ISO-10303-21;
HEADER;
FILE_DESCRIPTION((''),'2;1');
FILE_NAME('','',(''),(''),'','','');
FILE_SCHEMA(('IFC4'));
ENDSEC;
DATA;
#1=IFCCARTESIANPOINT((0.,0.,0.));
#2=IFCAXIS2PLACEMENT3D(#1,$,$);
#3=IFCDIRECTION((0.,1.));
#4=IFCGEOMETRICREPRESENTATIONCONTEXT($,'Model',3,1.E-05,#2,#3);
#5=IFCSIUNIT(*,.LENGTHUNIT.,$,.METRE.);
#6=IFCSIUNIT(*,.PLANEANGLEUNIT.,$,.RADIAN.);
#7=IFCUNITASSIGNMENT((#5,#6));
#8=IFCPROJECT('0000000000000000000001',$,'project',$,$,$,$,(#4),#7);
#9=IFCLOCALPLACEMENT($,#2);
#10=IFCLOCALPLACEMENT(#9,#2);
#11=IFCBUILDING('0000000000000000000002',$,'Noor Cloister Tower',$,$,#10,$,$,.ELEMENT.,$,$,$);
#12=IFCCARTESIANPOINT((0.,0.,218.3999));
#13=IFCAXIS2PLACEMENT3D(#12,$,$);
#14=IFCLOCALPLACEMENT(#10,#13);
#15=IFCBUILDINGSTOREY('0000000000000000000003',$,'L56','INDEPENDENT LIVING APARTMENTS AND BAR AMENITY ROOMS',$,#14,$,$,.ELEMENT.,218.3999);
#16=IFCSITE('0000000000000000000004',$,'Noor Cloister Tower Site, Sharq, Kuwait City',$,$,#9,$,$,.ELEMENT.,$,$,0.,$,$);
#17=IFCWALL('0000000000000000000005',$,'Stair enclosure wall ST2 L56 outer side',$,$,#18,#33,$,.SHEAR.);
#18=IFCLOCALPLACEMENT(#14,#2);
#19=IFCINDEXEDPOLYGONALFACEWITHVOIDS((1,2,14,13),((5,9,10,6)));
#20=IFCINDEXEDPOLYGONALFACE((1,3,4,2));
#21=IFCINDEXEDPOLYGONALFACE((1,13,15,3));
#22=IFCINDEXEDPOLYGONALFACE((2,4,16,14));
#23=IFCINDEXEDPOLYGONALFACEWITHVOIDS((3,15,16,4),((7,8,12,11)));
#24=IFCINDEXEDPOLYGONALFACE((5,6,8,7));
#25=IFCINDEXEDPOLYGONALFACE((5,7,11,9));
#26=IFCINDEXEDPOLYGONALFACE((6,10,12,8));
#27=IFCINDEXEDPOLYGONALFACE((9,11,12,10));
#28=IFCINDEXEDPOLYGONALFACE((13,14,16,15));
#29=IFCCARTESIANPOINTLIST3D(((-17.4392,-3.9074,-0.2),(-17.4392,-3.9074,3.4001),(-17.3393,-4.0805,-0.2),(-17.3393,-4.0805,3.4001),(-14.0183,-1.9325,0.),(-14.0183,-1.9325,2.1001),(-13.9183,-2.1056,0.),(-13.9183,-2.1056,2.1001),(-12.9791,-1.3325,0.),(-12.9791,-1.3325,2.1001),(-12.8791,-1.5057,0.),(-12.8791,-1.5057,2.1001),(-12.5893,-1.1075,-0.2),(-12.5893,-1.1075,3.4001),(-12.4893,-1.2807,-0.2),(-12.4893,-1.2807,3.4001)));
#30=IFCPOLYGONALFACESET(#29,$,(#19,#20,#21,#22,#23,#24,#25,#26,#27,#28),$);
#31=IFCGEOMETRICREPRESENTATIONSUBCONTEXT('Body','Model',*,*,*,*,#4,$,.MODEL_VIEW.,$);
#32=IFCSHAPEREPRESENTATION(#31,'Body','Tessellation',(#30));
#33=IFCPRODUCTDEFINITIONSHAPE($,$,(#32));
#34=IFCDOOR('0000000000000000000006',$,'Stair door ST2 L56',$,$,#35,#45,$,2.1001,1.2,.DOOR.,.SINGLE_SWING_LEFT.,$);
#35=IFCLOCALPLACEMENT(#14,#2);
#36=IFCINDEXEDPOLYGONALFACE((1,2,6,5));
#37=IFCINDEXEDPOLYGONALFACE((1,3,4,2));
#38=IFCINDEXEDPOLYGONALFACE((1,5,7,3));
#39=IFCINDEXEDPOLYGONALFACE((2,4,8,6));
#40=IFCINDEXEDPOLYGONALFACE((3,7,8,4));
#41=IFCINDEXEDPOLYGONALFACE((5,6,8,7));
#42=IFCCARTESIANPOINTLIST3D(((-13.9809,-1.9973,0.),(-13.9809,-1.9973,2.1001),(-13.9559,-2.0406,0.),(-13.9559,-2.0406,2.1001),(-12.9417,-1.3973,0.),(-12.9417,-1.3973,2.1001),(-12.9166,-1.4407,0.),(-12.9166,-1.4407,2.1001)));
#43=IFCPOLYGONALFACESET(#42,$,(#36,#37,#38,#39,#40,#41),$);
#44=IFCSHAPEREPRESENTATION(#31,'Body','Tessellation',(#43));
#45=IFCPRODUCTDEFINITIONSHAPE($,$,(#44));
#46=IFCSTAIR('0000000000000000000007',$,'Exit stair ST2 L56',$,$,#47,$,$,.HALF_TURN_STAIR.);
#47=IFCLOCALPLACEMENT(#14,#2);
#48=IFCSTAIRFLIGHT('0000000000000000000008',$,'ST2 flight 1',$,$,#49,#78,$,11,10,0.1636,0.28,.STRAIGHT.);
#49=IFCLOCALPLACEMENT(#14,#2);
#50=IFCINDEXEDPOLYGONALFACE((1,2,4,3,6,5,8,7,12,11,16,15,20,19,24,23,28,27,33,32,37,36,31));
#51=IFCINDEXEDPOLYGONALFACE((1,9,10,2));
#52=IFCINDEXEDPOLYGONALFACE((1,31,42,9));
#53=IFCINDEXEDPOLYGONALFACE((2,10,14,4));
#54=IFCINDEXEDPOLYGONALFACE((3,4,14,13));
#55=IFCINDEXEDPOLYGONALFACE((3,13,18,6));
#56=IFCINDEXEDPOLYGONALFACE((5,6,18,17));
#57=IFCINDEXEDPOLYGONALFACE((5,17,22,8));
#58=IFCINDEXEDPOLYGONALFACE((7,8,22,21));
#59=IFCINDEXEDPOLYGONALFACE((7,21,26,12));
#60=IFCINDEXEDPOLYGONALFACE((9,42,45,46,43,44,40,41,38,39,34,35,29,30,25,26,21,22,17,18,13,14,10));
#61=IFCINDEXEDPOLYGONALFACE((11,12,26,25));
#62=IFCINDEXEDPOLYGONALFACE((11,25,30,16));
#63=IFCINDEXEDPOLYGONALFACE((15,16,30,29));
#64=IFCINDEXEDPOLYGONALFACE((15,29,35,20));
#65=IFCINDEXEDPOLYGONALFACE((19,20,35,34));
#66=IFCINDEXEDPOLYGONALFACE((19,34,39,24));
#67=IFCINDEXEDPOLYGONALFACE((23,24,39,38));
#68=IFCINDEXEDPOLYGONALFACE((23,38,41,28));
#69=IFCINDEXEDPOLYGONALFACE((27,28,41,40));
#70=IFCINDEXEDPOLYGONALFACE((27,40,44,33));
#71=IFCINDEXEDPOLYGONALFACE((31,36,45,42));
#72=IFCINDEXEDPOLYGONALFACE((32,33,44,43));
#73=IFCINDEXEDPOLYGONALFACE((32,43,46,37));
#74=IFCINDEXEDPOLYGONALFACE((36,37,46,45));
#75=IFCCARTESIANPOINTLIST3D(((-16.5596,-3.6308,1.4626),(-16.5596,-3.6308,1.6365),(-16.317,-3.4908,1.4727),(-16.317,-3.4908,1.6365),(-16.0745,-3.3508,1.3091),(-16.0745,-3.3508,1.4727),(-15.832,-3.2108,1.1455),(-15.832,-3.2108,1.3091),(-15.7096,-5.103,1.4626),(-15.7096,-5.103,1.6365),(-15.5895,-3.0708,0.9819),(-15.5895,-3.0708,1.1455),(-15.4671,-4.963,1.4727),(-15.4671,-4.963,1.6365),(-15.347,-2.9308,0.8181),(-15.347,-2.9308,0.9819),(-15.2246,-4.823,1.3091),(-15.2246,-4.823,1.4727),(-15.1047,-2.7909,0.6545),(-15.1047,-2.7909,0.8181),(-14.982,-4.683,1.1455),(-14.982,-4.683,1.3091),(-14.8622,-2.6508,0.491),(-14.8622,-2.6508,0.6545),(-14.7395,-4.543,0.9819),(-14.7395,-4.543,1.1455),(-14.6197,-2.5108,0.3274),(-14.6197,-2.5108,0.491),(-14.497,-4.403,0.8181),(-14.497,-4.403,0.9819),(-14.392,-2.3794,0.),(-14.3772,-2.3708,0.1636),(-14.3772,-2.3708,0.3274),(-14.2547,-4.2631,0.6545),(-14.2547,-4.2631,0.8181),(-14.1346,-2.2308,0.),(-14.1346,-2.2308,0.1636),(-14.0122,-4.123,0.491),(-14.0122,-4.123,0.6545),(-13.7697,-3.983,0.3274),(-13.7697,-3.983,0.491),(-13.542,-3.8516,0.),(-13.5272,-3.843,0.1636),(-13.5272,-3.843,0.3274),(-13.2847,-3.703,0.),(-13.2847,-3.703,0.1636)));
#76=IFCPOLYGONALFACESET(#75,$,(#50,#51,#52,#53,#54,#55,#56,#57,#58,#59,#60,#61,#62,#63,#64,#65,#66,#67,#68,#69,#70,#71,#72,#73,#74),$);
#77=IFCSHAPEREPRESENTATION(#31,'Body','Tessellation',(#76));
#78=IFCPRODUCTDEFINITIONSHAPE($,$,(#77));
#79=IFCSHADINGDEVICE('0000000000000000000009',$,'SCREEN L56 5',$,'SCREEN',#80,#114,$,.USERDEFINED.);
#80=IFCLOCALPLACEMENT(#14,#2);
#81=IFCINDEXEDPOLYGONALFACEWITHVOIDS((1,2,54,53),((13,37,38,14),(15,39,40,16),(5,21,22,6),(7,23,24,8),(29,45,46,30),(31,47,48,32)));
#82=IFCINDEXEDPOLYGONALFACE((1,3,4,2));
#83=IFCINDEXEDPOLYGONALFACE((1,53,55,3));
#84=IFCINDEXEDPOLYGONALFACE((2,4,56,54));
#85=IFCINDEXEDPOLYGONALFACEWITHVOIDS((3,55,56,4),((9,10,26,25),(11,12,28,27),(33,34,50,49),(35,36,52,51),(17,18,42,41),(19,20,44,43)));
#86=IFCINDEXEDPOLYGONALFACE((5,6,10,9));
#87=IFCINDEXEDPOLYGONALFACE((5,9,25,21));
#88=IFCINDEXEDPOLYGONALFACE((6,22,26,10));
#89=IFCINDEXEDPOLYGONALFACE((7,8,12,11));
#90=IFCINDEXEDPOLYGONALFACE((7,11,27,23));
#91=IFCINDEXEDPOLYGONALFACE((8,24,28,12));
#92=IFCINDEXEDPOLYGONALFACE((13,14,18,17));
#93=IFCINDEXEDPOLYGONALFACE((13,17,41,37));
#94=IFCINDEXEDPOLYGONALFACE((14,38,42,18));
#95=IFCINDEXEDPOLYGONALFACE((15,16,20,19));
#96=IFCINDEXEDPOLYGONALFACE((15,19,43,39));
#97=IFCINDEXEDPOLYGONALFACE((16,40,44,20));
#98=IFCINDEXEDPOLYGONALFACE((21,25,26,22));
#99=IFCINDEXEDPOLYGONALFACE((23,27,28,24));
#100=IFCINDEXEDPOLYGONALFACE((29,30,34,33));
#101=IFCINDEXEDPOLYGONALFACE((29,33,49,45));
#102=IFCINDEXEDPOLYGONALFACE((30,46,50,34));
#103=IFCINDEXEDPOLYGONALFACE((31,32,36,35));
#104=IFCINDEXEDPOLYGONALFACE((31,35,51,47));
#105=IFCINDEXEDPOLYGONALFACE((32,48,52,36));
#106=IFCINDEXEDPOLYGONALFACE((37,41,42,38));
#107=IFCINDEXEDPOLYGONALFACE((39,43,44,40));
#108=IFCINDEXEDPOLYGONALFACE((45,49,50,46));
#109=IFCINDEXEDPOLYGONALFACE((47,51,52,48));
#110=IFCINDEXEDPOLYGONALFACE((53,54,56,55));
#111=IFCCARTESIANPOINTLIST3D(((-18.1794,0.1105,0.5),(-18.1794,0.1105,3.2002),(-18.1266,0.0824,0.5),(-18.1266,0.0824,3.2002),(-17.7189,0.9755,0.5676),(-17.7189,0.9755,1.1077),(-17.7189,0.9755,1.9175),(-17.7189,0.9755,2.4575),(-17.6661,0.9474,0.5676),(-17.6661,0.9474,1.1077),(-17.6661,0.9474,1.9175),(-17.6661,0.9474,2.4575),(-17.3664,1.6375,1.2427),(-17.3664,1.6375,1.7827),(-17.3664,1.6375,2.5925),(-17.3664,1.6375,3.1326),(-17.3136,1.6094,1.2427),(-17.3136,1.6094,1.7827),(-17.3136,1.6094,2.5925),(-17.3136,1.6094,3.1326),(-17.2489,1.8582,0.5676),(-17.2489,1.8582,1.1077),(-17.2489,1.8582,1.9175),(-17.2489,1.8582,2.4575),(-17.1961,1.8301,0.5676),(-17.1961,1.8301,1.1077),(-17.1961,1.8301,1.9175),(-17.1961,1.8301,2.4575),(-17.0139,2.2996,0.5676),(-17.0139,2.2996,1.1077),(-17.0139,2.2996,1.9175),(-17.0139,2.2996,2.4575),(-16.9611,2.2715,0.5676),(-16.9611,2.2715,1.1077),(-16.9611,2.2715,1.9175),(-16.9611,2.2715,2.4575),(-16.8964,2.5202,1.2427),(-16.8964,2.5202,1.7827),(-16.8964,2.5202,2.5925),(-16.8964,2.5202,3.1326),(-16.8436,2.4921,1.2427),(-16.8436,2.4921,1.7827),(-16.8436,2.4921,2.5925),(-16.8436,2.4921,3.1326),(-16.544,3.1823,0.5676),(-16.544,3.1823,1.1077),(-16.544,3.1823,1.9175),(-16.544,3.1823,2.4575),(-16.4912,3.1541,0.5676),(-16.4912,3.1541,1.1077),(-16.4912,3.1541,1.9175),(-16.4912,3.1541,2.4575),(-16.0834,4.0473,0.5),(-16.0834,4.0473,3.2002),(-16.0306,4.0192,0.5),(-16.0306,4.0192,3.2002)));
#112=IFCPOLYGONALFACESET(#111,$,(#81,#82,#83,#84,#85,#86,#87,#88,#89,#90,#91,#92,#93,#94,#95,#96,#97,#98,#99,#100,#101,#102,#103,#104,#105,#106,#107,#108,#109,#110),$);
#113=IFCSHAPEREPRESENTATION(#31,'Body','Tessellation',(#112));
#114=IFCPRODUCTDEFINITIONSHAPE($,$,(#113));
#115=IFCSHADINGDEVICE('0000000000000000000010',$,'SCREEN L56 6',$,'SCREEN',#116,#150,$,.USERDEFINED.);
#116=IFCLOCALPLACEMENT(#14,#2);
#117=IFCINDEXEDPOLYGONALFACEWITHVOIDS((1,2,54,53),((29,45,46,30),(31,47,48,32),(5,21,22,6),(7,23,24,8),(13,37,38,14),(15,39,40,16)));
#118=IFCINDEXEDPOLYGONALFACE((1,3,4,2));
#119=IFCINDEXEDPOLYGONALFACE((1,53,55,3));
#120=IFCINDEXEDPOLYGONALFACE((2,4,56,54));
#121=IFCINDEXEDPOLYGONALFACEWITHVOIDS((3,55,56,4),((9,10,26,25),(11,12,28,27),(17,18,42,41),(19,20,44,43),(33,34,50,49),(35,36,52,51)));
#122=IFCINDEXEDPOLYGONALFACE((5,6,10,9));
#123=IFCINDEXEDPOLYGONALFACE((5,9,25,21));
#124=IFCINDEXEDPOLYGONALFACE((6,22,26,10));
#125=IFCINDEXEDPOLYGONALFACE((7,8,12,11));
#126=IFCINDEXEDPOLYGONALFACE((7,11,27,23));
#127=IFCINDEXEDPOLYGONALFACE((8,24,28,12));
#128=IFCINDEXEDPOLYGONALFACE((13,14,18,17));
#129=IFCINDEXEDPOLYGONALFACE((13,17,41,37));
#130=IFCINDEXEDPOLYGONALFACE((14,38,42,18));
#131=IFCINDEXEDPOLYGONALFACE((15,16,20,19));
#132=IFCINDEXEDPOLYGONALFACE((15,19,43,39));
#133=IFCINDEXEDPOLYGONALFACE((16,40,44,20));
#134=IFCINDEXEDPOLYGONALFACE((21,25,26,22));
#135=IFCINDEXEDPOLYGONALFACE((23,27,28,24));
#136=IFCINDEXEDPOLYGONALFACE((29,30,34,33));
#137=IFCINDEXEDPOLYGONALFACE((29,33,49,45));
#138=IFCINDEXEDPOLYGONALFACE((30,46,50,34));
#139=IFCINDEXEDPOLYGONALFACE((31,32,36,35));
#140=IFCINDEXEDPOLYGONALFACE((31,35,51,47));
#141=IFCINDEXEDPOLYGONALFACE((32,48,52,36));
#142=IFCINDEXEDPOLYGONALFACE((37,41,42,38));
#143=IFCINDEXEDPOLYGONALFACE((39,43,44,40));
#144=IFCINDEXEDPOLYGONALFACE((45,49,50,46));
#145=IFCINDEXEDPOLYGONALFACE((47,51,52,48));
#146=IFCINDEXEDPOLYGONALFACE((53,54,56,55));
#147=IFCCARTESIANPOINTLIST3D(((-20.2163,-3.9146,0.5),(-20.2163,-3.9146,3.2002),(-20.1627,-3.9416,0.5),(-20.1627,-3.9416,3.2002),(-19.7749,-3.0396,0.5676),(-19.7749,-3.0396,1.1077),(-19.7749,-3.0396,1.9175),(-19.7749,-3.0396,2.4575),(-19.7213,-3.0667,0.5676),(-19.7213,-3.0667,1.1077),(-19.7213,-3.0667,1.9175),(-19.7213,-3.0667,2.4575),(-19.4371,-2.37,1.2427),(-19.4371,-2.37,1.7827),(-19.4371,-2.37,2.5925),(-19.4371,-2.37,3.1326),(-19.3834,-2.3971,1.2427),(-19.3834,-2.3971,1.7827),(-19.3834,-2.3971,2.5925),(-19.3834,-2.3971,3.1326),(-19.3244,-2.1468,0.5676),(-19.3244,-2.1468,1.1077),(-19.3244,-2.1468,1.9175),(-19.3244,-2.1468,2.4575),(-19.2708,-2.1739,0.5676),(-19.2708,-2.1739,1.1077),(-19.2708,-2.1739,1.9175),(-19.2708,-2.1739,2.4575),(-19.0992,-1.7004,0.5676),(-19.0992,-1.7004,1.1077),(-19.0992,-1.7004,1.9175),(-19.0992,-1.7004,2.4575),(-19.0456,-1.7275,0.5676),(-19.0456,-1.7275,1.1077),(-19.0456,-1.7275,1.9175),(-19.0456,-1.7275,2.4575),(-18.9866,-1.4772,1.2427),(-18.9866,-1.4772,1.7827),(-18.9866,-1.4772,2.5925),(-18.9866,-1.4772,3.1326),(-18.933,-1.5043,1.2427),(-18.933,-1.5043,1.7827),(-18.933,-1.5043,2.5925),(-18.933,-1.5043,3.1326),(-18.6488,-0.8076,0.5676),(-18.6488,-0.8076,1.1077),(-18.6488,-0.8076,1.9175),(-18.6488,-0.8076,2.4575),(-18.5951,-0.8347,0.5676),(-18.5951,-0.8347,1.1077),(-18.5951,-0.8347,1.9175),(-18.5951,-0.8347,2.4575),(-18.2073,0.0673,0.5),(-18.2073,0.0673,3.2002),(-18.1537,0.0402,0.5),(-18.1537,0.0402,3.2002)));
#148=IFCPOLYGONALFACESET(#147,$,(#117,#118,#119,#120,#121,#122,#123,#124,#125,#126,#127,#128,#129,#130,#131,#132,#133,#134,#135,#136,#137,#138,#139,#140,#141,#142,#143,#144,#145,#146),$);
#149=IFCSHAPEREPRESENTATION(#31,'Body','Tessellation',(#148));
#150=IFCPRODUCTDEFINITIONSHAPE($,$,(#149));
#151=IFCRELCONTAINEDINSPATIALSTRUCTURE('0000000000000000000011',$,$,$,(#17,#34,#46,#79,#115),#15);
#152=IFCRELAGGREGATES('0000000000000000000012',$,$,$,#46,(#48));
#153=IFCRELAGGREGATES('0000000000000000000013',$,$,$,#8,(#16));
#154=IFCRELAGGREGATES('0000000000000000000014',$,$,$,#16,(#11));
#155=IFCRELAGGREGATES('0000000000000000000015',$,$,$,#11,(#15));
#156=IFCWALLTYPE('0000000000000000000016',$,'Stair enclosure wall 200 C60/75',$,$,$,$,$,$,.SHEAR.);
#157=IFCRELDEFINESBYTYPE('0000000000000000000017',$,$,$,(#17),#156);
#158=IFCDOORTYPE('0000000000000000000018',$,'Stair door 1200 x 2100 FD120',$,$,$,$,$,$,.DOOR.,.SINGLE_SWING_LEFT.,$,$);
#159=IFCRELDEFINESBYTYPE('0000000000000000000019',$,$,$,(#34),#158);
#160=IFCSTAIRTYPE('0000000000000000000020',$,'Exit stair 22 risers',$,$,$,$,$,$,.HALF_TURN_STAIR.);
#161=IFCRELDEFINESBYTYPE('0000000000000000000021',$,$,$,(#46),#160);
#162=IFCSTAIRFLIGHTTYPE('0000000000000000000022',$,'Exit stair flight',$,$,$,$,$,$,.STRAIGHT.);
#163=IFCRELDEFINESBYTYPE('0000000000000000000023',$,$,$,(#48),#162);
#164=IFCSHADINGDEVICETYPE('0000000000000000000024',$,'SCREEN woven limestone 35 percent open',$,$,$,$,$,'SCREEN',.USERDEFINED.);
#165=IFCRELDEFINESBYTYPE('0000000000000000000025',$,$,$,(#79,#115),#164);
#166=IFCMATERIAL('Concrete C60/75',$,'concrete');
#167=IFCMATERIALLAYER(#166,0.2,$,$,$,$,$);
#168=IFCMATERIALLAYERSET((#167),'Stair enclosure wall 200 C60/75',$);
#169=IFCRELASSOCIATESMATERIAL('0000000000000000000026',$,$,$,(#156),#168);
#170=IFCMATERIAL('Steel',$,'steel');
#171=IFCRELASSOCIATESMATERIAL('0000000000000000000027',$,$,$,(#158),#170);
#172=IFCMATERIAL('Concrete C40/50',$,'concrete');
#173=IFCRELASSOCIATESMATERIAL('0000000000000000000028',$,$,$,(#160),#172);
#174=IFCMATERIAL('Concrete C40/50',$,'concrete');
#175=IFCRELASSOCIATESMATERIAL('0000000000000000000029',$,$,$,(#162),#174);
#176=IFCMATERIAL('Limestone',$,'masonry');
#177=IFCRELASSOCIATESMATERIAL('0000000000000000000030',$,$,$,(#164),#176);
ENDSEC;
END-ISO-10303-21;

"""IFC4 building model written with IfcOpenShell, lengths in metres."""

from ifc_helpers import new_model, si_unit, direction, frame, frame_2d, origin, place, context, subcontext, project, spatial, polyline, rectangle, outline, extrude, material, layer, layer_set, material_profile, profile_set, type_object, element, fill, aggregate, save


model = new_model("IFC4")

# Units and contexts
model_context = context("Model", 3, precision=1e-05, world=origin(), true_north=direction((0.0, 1.0)))
body_context = subcontext(model_context, "Body", "Model", "MODEL_VIEW")
ifc_project = project(units=[si_unit("LENGTHUNIT", "METRE"), si_unit("PLANEANGLEUNIT", "RADIAN")], contexts=[model_context])

# Site, building, storey
site_placement = place(None, origin())
site = spatial("IfcSite", under=ifc_project, at=site_placement, Name="Noor Cloister Tower Site, Sharq, Kuwait City", CompositionType="ELEMENT", RefElevation=0.0)
building_placement = place(site_placement, origin())
building = spatial("IfcBuilding", under=site, at=building_placement, Name="Noor Cloister Tower", CompositionType="ELEMENT")
storey_placement = place(building_placement, frame((0.0, 0.0, 218.3999)))
storey = spatial("IfcBuildingStorey", under=building, at=storey_placement, Name="L56", Description="INDEPENDENT LIVING APARTMENTS AND BAR AMENITY ROOMS", CompositionType="ELEMENT", Elevation=218.3999)

# Wall, opening, door
ifc_material_1 = material(Name="Concrete C60/75", Category="concrete")
ifc_layer_1 = layer(ifc_material_1, 0.2)
ifc_layer_set_1 = layer_set([ifc_layer_1], Name="Stair enclosure wall 200 C60/75")
wall_type_1 = type_object("IfcWallType", Name="Stair enclosure wall 200 C60/75", PredefinedType="SHEAR", material=ifc_layer_set_1)
ifc_material_2 = material(Name="Steel", Category="steel")
door_type = type_object("IfcDoorType", Name="Stair door 1200 x 2100 FD120", OperationType="SINGLE_SWING_LEFT", PredefinedType="DOOR", material=ifc_material_2)
wall_1_placement = place(storey_placement, frame((-12.5393, -1.1941, -0.2), z_axis=(0.0, 0.0, 1.0), x_axis=(-0.866045, -0.499965, 0.0)))
wall_1 = element("IfcWall", 1, at=wall_1_placement, inside=storey, type_object=wall_type_1, Name="Stair enclosure wall ST2 L56 outer side", PredefinedType="SHEAR", context=body_context, shape_type="SweptSolid", body=[
    extrude(rectangle(XDim=5.6001, YDim=0.2, at=frame_2d((2.8, 0.0))), origin(), (0.0, 0.0, 1.0), 3.6001),
])
opening_1_placement = place(wall_1_placement, frame((0.45, 0.0, 0.2)))
opening_1 = element("IfcOpeningElement", 2, at=opening_1_placement, cuts=wall_1, PredefinedType="OPENING", context=body_context, shape_type="SweptSolid", body=[
    extrude(rectangle(XDim=1.2, YDim=2.1001, at=frame_2d((0.6001, 1.05))), frame((0.0, 0.1099, 0.0), z_axis=(0.0, -1.0, 0.0), x_axis=(1.0, 0.0, 0.0)), (0.0, 0.0, 1.0), 0.22),
])
door_1_placement = place(opening_1_placement, origin())
door_1 = element("IfcDoor", 3, at=door_1_placement, inside=storey, type_object=door_type, Name="Stair door ST2 L56", OperationType="SINGLE_SWING_LEFT", OverallHeight=2.1001, OverallWidth=1.2, PredefinedType="DOOR", context=body_context, shape_type="SweptSolid", body=[
    extrude(rectangle(XDim=1.2, YDim=2.1001, at=frame_2d((0.6001, 1.05))), frame((0.0, 0.0249, 0.0), z_axis=(0.0, -1.0, 0.0), x_axis=(1.0, 0.0, 0.0)), (0.0, 0.0, 1.0), 0.05),
])
fill(opening_1, door_1)

# Stair, stair flight
ifc_material_3 = material(Name="Concrete C40/50", Category="concrete")
stair_type = type_object("IfcStairType", Name="Exit stair 22 risers", PredefinedType="HALF_TURN_STAIR", material=ifc_material_3)
stair_placement = place(storey_placement, origin())
stair = element("IfcStair", 4, at=stair_placement, inside=storey, type_object=stair_type, Name="Exit stair ST2 L56", PredefinedType="HALF_TURN_STAIR")
ifc_material_4 = material(Name="Concrete C40/50", Category="concrete")
stair_flight_type = type_object("IfcStairFlightType", Name="Exit stair flight", PredefinedType="STRAIGHT", material=ifc_material_4)
stair_flight_placement = place(storey_placement, frame((-13.7097, -2.9668, 0.0), z_axis=(0.0, 0.0, 1.0), x_axis=(-0.866025, -0.5, 0.0)))
stair_flight = element("IfcStairFlight", 5, at=stair_flight_placement, type_object=stair_flight_type, Name="ST2 flight 1", NumberOfRisers=11, NumberOfTreads=10, PredefinedType="STRAIGHT", RiserHeight=0.1636, TreadLength=0.28, context=body_context, shape_type="SweptSolid", body=[
    extrude(outline(polyline([(0.0, 0.0), (0.0, 0.1636), (0.28, 0.1636), (0.28, 0.3274), (0.5601, 0.3274), (0.5601, 0.491), (0.8401, 0.491), (0.8401, 0.6545), (1.1201, 0.6545), (1.1201, 0.8181), (1.3999, 0.8181), (1.3999, 0.9819), (1.6799, 0.9819), (1.6799, 1.1455), (1.96, 1.1455), (1.96, 1.3091), (2.24, 1.3091), (2.24, 1.4727), (2.52, 1.4727), (2.52, 1.6365), (2.8, 1.6365), (2.8, 1.8), (2.8, 1.4626), (0.2971, 0.0), (0.0, 0.0)])), frame((0.0, 0.8501, 0.0), z_axis=(0.0, -1.0, 0.0), x_axis=(1.0, 0.0, 0.0)), (0.0, 0.0, 1.0), 1.7),
])
aggregate(stair, [stair_flight])

# Shading devices
ifc_material_5 = material(Name="Limestone", Category="masonry")
ifc_material_profile_1 = material_profile(ifc_material_5, outline(polyline([(-2.23, -1.3501), (2.23, -1.3501), (2.23, 1.3501), (-2.23, 1.3501), (-2.23, -1.3501)]), holes=[polyline([(-1.25, -1.2825), (-0.25, -1.2825), (-0.25, -0.7424), (-1.25, -0.7424), (-1.25, -1.2825)]), polyline([(0.25, -1.2825), (1.25, -1.2825), (1.25, -0.7424), (0.25, -0.7424), (0.25, -1.2825)]), polyline([(-0.5, -0.6074), (0.5, -0.6074), (0.5, -0.0674), (-0.5, -0.0674), (-0.5, -0.6074)]), polyline([(-1.25, 0.0674), (-0.25, 0.0674), (-0.25, 0.6074), (-1.25, 0.6074), (-1.25, 0.0674)]), polyline([(0.25, 0.0674), (1.25, 0.0674), (1.25, 0.6074), (0.25, 0.6074), (0.25, 0.0674)]), polyline([(-0.5, 0.7424), (0.5, 0.7424), (0.5, 1.2825), (-0.5, 1.2825), (-0.5, 0.7424)])]), Name="Woven screen 35 percent open")
ifc_profile_set_1 = profile_set([ifc_material_profile_1], Name="Limestone")
shading_device_type = type_object("IfcShadingDeviceType", Name="SCREEN woven limestone 35 percent open", ElementType="SCREEN", PredefinedType="USERDEFINED", material=ifc_profile_set_1)
shading_device_1_placement = place(storey_placement, frame((-17.0786, 2.0508, 1.8501), z_axis=(-0.882692, 0.469952, 0.0), x_axis=(-0.469952, -0.882692, 0.0)))
element("IfcShadingDevice", 6, at=shading_device_1_placement, inside=storey, type_object=shading_device_type, Name="SCREEN L56 5", ObjectType="SCREEN", PredefinedType="USERDEFINED", context=body_context, shape_type="SweptSolid", body=[
    extrude(outline(polyline([(-2.23, -1.3501), (2.23, -1.3501), (2.23, 1.3501), (-2.23, 1.3501), (-2.23, -1.3501)]), holes=[polyline([(-1.25, -1.2825), (-0.25, -1.2825), (-0.25, -0.7424), (-1.25, -0.7424), (-1.25, -1.2825)]), polyline([(0.25, -1.2825), (1.25, -1.2825), (1.25, -0.7424), (0.25, -0.7424), (0.25, -1.2825)]), polyline([(-0.5, -0.6074), (0.5, -0.6074), (0.5, -0.0674), (-0.5, -0.0674), (-0.5, -0.6074)]), polyline([(-1.25, 0.0674), (-0.25, 0.0674), (-0.25, 0.6074), (-1.25, 0.6074), (-1.25, 0.0674)]), polyline([(0.25, 0.0674), (1.25, 0.0674), (1.25, 0.6074), (0.25, 0.6074), (0.25, 0.0674)]), polyline([(-0.5, 0.7424), (0.5, 0.7424), (0.5, 1.2825), (-0.5, 1.2825), (-0.5, 0.7424)])]), origin(), (0.0, 0.0, 1.0), 0.0598),
])
shading_device_2_placement = place(storey_placement, frame((-19.1582, -1.9507, 1.8501), z_axis=(-0.892798, 0.450457, 0.0), x_axis=(-0.450457, -0.892798, 0.0)))
element("IfcShadingDevice", 7, at=shading_device_2_placement, inside=storey, type_object=shading_device_type, Name="SCREEN L56 6", ObjectType="SCREEN", PredefinedType="USERDEFINED", context=body_context, shape_type="SweptSolid", body=[
    extrude(outline(polyline([(-2.23, -1.3501), (2.23, -1.3501), (2.23, 1.3501), (-2.23, 1.3501), (-2.23, -1.3501)]), holes=[polyline([(-1.25, -1.2825), (-0.25, -1.2825), (-0.25, -0.7424), (-1.25, -0.7424), (-1.25, -1.2825)]), polyline([(0.25, -1.2825), (1.25, -1.2825), (1.25, -0.7424), (0.25, -0.7424), (0.25, -1.2825)]), polyline([(-0.5, -0.6074), (0.5, -0.6074), (0.5, -0.0674), (-0.5, -0.0674), (-0.5, -0.6074)]), polyline([(-1.25, 0.0674), (-0.25, 0.0674), (-0.25, 0.6074), (-1.25, 0.6074), (-1.25, 0.0674)]), polyline([(0.25, 0.0674), (1.25, 0.0674), (1.25, 0.6074), (0.25, 0.6074), (0.25, 0.0674)]), polyline([(-0.5, 0.7424), (0.5, 0.7424), (0.5, 1.2825), (-0.5, 1.2825), (-0.5, 0.7424)])]), origin(), (0.0, 0.0, 1.0), 0.0601),
])

save(model, "model.ifc")
